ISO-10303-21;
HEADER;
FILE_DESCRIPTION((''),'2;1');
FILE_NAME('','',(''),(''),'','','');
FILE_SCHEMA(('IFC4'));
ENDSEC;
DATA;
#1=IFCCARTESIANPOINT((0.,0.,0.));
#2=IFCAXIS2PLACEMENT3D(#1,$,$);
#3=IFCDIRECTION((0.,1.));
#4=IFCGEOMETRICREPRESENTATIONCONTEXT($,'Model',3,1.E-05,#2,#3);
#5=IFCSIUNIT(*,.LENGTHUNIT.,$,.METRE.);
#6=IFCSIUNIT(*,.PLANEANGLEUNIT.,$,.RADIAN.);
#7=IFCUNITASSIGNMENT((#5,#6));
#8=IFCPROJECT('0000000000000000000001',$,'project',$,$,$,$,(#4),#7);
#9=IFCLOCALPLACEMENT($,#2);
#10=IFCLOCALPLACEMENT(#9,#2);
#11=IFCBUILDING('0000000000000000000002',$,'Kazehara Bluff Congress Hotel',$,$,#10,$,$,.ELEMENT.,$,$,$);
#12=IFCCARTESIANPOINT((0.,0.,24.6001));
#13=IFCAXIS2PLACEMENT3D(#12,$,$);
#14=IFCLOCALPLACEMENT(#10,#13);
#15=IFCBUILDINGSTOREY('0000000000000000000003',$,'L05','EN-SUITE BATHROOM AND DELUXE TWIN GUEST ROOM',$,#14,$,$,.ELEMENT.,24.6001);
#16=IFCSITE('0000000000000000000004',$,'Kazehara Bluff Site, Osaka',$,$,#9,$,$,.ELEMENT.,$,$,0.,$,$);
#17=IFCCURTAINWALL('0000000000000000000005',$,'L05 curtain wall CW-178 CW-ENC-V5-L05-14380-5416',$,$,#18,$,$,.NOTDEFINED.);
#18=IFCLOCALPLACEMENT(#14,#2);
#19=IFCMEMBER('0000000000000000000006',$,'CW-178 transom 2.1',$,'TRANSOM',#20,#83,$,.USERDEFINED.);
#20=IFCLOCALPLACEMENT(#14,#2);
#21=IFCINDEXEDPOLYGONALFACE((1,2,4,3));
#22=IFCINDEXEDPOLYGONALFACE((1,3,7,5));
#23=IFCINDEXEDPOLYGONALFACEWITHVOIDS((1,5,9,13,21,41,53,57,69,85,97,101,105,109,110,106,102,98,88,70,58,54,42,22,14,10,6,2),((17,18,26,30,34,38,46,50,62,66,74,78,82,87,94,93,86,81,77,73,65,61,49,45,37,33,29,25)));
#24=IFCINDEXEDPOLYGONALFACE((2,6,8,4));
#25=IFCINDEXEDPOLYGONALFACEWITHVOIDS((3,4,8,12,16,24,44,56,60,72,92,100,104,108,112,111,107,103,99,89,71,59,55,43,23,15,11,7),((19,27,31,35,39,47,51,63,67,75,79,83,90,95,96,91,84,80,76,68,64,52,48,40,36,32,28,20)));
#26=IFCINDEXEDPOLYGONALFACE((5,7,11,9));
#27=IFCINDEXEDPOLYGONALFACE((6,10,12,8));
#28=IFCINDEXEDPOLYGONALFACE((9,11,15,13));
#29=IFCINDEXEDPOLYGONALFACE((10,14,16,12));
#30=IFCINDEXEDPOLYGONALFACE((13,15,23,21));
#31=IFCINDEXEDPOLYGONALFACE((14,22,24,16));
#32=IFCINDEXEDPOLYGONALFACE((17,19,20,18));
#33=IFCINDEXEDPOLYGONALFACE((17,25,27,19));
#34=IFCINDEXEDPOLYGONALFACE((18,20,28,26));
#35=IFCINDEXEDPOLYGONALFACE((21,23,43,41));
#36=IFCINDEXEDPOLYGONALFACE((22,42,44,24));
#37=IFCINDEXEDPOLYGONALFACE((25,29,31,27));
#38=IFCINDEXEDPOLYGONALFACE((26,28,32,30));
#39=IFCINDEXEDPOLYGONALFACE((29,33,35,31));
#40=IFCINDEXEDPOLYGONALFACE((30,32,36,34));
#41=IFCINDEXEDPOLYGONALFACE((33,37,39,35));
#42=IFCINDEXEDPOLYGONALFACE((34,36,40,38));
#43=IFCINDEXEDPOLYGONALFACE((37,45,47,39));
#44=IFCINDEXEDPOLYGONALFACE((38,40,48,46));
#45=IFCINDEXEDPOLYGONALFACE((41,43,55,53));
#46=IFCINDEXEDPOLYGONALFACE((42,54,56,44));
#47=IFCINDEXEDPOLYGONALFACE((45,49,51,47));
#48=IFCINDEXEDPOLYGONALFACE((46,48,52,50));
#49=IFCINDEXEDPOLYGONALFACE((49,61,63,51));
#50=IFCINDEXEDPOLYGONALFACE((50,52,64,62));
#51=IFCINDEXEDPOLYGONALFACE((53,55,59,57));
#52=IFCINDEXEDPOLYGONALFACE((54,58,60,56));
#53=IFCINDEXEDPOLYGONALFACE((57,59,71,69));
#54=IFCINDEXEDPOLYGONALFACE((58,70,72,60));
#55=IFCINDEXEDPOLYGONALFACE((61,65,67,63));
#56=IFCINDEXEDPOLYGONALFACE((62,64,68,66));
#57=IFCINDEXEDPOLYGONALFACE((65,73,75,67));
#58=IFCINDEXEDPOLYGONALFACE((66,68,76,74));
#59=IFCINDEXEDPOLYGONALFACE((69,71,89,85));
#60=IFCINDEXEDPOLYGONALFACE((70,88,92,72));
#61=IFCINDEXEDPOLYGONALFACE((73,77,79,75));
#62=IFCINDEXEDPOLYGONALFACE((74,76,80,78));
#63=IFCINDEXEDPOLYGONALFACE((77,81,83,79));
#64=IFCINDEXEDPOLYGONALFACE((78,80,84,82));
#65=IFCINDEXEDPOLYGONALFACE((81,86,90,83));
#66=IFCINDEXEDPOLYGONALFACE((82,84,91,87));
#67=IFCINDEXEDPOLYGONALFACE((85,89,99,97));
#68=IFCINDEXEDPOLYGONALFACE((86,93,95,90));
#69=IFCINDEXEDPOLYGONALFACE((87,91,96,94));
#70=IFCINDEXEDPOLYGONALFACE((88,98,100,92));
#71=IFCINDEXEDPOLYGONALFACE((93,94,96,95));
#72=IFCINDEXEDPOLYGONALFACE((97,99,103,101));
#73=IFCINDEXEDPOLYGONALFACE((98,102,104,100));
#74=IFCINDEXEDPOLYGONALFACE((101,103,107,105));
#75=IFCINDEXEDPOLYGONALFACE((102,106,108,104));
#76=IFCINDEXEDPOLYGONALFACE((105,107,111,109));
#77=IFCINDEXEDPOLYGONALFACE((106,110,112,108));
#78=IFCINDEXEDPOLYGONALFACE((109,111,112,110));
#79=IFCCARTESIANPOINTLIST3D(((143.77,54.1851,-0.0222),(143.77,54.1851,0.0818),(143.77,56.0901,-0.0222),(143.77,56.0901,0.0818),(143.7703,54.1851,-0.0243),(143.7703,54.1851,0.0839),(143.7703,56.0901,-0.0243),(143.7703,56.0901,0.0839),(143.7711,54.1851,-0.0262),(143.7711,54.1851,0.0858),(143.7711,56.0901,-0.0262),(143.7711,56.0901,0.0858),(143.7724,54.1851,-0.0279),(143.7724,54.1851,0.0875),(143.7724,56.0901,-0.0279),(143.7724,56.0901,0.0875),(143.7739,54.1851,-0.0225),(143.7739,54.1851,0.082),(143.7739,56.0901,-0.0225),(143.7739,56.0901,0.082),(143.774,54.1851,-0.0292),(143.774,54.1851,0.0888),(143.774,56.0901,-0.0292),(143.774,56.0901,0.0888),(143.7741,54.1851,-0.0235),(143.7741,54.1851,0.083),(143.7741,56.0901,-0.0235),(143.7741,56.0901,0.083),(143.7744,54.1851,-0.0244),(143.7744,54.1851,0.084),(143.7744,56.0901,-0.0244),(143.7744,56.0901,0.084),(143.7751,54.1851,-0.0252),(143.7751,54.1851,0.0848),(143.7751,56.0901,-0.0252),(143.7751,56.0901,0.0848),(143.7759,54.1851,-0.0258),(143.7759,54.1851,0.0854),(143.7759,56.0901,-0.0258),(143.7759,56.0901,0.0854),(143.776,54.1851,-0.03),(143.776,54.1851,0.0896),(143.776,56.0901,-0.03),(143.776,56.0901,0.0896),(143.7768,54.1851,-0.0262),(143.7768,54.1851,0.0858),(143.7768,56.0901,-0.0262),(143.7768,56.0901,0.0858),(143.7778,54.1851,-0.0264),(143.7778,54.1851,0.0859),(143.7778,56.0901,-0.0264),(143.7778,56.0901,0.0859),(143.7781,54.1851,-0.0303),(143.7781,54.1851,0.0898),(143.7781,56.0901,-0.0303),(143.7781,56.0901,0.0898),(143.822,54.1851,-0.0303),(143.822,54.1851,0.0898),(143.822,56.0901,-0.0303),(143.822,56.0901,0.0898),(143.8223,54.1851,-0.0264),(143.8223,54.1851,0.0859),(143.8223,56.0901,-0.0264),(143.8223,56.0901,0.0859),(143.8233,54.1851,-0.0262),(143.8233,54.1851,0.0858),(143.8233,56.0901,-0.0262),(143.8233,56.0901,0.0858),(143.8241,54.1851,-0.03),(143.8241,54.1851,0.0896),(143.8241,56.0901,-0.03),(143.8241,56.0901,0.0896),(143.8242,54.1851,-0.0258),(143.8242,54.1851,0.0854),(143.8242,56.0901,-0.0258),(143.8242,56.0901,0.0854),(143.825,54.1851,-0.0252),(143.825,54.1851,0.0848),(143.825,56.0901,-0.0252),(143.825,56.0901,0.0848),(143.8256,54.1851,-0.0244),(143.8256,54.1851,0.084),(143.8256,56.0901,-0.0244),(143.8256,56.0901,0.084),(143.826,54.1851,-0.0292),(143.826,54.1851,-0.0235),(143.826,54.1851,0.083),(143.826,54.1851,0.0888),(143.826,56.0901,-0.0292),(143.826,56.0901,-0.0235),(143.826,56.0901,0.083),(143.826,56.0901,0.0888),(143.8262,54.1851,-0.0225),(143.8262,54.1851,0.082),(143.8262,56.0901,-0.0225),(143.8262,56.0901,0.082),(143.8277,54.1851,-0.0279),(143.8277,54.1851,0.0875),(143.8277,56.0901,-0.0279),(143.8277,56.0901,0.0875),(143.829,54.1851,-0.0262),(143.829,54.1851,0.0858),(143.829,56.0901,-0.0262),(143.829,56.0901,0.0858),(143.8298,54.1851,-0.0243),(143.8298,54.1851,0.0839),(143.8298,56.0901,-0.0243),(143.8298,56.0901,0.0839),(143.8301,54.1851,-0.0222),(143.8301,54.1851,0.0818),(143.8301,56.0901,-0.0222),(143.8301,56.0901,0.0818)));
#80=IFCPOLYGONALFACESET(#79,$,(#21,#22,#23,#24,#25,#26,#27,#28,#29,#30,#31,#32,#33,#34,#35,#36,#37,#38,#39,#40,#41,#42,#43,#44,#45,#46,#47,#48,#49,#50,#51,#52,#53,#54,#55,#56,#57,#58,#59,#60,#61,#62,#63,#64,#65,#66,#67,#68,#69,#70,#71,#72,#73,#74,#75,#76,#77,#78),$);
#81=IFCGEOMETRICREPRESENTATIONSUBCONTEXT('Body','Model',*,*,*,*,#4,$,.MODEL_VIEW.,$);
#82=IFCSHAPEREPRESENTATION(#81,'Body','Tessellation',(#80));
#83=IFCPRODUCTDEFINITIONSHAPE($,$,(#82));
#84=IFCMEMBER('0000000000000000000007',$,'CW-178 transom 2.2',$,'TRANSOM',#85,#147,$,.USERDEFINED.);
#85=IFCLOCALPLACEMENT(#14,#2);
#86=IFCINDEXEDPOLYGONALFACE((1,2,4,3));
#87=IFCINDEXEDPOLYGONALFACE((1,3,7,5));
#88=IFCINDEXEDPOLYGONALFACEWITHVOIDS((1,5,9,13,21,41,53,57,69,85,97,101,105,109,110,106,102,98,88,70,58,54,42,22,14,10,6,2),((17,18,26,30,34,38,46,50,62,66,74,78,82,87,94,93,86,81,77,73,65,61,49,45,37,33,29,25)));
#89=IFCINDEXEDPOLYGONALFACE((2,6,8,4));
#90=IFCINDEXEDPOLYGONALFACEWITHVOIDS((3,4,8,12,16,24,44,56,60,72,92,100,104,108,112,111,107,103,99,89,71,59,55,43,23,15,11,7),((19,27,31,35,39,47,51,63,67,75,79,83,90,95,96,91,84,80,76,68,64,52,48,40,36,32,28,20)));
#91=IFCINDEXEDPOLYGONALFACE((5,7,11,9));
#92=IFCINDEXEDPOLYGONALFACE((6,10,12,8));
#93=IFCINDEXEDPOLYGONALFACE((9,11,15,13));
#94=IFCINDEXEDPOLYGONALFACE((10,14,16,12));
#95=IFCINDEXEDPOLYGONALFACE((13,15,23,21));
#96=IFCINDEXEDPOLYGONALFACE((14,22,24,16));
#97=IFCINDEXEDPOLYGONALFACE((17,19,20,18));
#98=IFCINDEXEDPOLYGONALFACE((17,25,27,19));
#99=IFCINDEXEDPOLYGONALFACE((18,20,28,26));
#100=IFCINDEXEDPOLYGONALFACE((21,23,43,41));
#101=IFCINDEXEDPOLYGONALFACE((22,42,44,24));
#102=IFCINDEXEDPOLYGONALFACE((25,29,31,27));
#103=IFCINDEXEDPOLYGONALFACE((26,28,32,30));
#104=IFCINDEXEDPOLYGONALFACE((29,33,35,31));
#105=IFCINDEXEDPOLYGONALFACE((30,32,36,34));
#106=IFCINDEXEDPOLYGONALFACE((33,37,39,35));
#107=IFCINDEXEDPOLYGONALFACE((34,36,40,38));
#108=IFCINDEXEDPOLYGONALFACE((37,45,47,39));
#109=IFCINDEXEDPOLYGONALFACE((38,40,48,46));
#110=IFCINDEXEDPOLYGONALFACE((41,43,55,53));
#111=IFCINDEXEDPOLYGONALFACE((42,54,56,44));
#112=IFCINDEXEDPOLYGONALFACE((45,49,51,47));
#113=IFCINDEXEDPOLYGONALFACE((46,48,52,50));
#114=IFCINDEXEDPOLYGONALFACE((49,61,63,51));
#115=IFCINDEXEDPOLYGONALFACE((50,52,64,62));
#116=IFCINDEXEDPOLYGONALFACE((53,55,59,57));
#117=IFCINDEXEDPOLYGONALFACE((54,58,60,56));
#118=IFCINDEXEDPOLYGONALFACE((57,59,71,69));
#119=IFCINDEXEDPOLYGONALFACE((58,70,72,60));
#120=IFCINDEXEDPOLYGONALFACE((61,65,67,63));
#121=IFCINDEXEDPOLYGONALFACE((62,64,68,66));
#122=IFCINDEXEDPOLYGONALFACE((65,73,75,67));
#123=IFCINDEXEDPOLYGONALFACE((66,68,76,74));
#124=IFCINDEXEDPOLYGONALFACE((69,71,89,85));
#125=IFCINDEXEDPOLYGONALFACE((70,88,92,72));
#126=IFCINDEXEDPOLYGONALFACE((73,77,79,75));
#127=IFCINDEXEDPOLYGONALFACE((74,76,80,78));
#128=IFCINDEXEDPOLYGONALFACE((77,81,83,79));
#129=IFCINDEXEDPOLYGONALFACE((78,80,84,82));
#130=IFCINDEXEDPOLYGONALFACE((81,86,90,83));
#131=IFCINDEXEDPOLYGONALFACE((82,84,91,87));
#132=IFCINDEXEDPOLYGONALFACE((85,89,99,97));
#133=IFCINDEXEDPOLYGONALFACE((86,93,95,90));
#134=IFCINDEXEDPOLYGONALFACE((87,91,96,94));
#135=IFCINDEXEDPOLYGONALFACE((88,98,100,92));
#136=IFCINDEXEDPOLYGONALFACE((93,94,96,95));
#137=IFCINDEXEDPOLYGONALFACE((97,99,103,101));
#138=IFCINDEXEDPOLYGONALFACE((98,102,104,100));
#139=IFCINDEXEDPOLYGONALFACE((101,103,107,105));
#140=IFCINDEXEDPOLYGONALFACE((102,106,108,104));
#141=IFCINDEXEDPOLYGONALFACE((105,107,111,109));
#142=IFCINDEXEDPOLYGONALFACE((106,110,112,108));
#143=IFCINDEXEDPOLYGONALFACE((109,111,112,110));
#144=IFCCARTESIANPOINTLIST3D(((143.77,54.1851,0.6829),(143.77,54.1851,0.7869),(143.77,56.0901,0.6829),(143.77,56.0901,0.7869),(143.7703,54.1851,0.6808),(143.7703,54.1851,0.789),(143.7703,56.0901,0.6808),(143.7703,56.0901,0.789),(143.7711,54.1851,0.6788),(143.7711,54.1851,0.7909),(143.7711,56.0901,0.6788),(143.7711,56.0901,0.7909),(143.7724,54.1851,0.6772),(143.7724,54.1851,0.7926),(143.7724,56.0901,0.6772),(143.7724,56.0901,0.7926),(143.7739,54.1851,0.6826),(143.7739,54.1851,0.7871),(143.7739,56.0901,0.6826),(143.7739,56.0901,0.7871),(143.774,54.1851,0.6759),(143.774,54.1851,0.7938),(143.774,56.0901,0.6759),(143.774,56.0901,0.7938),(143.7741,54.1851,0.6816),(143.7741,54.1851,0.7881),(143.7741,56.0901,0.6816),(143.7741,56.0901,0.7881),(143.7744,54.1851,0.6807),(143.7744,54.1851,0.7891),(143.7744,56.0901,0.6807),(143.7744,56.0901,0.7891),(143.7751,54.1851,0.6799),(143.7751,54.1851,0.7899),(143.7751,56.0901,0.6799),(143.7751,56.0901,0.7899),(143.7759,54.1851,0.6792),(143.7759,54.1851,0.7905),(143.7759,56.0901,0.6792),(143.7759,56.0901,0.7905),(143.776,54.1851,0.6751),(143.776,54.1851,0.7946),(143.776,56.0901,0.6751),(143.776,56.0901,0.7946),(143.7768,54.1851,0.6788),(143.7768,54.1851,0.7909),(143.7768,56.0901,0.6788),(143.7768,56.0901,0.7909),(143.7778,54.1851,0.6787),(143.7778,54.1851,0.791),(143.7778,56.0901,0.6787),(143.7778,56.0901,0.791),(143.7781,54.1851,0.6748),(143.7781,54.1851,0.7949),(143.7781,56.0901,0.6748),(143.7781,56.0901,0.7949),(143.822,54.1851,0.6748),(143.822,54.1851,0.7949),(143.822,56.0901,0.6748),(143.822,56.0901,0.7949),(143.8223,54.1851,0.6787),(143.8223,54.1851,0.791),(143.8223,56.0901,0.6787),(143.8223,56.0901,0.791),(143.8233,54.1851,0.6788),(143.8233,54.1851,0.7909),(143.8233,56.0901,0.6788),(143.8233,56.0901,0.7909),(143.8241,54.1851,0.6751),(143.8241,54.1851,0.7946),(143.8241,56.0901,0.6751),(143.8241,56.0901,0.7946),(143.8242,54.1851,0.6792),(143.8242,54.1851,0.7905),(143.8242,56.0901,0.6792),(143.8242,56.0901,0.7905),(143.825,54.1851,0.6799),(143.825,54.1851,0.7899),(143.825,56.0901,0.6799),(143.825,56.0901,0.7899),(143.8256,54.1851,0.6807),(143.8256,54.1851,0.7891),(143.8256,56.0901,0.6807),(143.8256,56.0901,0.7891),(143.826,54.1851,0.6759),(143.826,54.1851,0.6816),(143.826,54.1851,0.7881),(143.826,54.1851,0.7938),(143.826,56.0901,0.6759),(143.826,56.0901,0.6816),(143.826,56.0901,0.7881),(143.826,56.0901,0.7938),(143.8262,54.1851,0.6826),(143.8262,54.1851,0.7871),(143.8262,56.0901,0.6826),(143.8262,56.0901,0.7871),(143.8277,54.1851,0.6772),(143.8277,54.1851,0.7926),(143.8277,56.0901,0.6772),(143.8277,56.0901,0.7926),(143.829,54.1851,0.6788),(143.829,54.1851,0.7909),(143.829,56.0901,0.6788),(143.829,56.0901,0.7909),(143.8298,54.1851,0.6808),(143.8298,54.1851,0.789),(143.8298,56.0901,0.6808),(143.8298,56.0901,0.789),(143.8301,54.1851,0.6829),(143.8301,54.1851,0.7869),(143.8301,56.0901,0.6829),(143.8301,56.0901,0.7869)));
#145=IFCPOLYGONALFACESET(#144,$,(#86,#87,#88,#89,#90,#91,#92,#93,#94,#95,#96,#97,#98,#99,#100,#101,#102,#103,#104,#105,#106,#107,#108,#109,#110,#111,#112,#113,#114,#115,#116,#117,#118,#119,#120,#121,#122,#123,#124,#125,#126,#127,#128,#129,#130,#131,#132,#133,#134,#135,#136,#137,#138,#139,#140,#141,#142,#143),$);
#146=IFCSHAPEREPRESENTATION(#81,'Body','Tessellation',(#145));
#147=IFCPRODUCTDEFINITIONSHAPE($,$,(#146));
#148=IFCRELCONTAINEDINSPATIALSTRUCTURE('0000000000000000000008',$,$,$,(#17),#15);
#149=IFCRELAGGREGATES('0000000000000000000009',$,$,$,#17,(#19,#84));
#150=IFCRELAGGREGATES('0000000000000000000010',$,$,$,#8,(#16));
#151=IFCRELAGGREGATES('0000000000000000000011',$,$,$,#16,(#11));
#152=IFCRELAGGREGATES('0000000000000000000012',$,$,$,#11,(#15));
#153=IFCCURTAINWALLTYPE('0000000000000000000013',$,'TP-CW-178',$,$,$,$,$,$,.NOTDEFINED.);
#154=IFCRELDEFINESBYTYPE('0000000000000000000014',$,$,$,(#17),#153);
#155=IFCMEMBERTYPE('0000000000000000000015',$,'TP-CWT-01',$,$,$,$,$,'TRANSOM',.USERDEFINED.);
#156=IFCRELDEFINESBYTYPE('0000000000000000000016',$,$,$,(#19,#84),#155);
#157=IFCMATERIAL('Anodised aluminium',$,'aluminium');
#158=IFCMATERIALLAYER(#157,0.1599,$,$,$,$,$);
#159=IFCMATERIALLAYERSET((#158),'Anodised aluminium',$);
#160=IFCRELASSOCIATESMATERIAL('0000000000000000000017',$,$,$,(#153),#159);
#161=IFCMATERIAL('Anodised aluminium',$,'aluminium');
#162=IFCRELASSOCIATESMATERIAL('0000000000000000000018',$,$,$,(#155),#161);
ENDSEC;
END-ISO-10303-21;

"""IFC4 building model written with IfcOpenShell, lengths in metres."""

from ifc_helpers import new_model, si_unit, direction, frame, origin, origin_2d, place, context, subcontext, project, spatial, hollow_rectangle, extrude, material, layer, layer_set, material_profile, profile_set, type_object, element, aggregate, save


model = new_model("IFC4")

# Units and contexts
model_context = context("Model", 3, precision=1e-05, world=origin(), true_north=direction((0.0, 1.0)))
body_context = subcontext(model_context, "Body", "Model", "MODEL_VIEW")
ifc_project = project(units=[si_unit("LENGTHUNIT", "METRE"), si_unit("PLANEANGLEUNIT", "RADIAN")], contexts=[model_context])

# Site, building, storey
site_placement = place(None, origin())
site = spatial("IfcSite", under=ifc_project, at=site_placement, Name="Kazehara Bluff Site, Osaka", CompositionType="ELEMENT", RefElevation=0.0)
building_placement = place(site_placement, origin())
building = spatial("IfcBuilding", under=site, at=building_placement, Name="Kazehara Bluff Congress Hotel", CompositionType="ELEMENT")
storey_placement = place(building_placement, frame((0.0, 0.0, 24.6001)))
storey = spatial("IfcBuildingStorey", under=building, at=storey_placement, Name="L05", Description="EN-SUITE BATHROOM AND DELUXE TWIN GUEST ROOM", CompositionType="ELEMENT", Elevation=24.6001)

# Curtain wall
ifc_material_1 = material(Name="Anodised aluminium", Category="aluminium")
ifc_layer_1 = layer(ifc_material_1, 0.1599)
ifc_layer_set_1 = layer_set([ifc_layer_1], Name="Anodised aluminium")
curtain_wall_type_1 = type_object("IfcCurtainWallType", Name="TP-CW-178", PredefinedType="NOTDEFINED", material=ifc_layer_set_1)
curtain_wall_1_placement = place(storey_placement, origin())
curtain_wall_1 = element("IfcCurtainWall", 1, at=curtain_wall_1_placement, inside=storey, type_object=curtain_wall_type_1, Name="L05 curtain wall CW-178 CW-ENC-V5-L05-14380-5416", PredefinedType="NOTDEFINED")

# Members
ifc_material_2 = material(Name="Anodised aluminium", Category="aluminium")
ifc_material_profile_1 = material_profile(ifc_material_2, hollow_rectangle(XDim=0.0601, YDim=0.1201, WallThickness=0.0039, InnerFilletRadius=0.0039, OuterFilletRadius=0.0081, at=origin_2d()))
ifc_profile_set_1 = profile_set([ifc_material_profile_1], Name="Anodised aluminium")
member_type_1 = type_object("IfcMemberType", Name="TP-CWT-01", ElementType="TRANSOM", PredefinedType="USERDEFINED", material=ifc_profile_set_1)
member_1_placement = place(storey_placement, frame((143.8, 54.1851, 0.0298), z_axis=(0.0, 1.0, 0.0), x_axis=(-1.0, 0.0, 0.0)))
member_1 = element("IfcMember", 2, at=member_1_placement, type_object=member_type_1, Name="CW-178 transom 2.1", ObjectType="TRANSOM", PredefinedType="USERDEFINED", context=body_context, shape_type="SweptSolid", body=[
    extrude(hollow_rectangle(XDim=0.0601, YDim=0.1201, WallThickness=0.0039, InnerFilletRadius=0.0039, OuterFilletRadius=0.0081, at=origin_2d()), origin(), (0.0, 0.0, 1.0), 1.905),
])
member_2_placement = place(storey_placement, frame((143.8, 54.1851, 0.7349), z_axis=(0.0, 1.0, 0.0), x_axis=(-1.0, 0.0, 0.0)))
member_2 = element("IfcMember", 3, at=member_2_placement, type_object=member_type_1, Name="CW-178 transom 2.2", ObjectType="TRANSOM", PredefinedType="USERDEFINED", context=body_context, shape_type="SweptSolid", body=[
    extrude(hollow_rectangle(XDim=0.0601, YDim=0.1201, WallThickness=0.0039, InnerFilletRadius=0.0039, OuterFilletRadius=0.0081, at=origin_2d()), origin(), (0.0, 0.0, 1.0), 1.905),
])

aggregate(curtain_wall_1, [member_1, member_2])

save(model, "model.ifc")
